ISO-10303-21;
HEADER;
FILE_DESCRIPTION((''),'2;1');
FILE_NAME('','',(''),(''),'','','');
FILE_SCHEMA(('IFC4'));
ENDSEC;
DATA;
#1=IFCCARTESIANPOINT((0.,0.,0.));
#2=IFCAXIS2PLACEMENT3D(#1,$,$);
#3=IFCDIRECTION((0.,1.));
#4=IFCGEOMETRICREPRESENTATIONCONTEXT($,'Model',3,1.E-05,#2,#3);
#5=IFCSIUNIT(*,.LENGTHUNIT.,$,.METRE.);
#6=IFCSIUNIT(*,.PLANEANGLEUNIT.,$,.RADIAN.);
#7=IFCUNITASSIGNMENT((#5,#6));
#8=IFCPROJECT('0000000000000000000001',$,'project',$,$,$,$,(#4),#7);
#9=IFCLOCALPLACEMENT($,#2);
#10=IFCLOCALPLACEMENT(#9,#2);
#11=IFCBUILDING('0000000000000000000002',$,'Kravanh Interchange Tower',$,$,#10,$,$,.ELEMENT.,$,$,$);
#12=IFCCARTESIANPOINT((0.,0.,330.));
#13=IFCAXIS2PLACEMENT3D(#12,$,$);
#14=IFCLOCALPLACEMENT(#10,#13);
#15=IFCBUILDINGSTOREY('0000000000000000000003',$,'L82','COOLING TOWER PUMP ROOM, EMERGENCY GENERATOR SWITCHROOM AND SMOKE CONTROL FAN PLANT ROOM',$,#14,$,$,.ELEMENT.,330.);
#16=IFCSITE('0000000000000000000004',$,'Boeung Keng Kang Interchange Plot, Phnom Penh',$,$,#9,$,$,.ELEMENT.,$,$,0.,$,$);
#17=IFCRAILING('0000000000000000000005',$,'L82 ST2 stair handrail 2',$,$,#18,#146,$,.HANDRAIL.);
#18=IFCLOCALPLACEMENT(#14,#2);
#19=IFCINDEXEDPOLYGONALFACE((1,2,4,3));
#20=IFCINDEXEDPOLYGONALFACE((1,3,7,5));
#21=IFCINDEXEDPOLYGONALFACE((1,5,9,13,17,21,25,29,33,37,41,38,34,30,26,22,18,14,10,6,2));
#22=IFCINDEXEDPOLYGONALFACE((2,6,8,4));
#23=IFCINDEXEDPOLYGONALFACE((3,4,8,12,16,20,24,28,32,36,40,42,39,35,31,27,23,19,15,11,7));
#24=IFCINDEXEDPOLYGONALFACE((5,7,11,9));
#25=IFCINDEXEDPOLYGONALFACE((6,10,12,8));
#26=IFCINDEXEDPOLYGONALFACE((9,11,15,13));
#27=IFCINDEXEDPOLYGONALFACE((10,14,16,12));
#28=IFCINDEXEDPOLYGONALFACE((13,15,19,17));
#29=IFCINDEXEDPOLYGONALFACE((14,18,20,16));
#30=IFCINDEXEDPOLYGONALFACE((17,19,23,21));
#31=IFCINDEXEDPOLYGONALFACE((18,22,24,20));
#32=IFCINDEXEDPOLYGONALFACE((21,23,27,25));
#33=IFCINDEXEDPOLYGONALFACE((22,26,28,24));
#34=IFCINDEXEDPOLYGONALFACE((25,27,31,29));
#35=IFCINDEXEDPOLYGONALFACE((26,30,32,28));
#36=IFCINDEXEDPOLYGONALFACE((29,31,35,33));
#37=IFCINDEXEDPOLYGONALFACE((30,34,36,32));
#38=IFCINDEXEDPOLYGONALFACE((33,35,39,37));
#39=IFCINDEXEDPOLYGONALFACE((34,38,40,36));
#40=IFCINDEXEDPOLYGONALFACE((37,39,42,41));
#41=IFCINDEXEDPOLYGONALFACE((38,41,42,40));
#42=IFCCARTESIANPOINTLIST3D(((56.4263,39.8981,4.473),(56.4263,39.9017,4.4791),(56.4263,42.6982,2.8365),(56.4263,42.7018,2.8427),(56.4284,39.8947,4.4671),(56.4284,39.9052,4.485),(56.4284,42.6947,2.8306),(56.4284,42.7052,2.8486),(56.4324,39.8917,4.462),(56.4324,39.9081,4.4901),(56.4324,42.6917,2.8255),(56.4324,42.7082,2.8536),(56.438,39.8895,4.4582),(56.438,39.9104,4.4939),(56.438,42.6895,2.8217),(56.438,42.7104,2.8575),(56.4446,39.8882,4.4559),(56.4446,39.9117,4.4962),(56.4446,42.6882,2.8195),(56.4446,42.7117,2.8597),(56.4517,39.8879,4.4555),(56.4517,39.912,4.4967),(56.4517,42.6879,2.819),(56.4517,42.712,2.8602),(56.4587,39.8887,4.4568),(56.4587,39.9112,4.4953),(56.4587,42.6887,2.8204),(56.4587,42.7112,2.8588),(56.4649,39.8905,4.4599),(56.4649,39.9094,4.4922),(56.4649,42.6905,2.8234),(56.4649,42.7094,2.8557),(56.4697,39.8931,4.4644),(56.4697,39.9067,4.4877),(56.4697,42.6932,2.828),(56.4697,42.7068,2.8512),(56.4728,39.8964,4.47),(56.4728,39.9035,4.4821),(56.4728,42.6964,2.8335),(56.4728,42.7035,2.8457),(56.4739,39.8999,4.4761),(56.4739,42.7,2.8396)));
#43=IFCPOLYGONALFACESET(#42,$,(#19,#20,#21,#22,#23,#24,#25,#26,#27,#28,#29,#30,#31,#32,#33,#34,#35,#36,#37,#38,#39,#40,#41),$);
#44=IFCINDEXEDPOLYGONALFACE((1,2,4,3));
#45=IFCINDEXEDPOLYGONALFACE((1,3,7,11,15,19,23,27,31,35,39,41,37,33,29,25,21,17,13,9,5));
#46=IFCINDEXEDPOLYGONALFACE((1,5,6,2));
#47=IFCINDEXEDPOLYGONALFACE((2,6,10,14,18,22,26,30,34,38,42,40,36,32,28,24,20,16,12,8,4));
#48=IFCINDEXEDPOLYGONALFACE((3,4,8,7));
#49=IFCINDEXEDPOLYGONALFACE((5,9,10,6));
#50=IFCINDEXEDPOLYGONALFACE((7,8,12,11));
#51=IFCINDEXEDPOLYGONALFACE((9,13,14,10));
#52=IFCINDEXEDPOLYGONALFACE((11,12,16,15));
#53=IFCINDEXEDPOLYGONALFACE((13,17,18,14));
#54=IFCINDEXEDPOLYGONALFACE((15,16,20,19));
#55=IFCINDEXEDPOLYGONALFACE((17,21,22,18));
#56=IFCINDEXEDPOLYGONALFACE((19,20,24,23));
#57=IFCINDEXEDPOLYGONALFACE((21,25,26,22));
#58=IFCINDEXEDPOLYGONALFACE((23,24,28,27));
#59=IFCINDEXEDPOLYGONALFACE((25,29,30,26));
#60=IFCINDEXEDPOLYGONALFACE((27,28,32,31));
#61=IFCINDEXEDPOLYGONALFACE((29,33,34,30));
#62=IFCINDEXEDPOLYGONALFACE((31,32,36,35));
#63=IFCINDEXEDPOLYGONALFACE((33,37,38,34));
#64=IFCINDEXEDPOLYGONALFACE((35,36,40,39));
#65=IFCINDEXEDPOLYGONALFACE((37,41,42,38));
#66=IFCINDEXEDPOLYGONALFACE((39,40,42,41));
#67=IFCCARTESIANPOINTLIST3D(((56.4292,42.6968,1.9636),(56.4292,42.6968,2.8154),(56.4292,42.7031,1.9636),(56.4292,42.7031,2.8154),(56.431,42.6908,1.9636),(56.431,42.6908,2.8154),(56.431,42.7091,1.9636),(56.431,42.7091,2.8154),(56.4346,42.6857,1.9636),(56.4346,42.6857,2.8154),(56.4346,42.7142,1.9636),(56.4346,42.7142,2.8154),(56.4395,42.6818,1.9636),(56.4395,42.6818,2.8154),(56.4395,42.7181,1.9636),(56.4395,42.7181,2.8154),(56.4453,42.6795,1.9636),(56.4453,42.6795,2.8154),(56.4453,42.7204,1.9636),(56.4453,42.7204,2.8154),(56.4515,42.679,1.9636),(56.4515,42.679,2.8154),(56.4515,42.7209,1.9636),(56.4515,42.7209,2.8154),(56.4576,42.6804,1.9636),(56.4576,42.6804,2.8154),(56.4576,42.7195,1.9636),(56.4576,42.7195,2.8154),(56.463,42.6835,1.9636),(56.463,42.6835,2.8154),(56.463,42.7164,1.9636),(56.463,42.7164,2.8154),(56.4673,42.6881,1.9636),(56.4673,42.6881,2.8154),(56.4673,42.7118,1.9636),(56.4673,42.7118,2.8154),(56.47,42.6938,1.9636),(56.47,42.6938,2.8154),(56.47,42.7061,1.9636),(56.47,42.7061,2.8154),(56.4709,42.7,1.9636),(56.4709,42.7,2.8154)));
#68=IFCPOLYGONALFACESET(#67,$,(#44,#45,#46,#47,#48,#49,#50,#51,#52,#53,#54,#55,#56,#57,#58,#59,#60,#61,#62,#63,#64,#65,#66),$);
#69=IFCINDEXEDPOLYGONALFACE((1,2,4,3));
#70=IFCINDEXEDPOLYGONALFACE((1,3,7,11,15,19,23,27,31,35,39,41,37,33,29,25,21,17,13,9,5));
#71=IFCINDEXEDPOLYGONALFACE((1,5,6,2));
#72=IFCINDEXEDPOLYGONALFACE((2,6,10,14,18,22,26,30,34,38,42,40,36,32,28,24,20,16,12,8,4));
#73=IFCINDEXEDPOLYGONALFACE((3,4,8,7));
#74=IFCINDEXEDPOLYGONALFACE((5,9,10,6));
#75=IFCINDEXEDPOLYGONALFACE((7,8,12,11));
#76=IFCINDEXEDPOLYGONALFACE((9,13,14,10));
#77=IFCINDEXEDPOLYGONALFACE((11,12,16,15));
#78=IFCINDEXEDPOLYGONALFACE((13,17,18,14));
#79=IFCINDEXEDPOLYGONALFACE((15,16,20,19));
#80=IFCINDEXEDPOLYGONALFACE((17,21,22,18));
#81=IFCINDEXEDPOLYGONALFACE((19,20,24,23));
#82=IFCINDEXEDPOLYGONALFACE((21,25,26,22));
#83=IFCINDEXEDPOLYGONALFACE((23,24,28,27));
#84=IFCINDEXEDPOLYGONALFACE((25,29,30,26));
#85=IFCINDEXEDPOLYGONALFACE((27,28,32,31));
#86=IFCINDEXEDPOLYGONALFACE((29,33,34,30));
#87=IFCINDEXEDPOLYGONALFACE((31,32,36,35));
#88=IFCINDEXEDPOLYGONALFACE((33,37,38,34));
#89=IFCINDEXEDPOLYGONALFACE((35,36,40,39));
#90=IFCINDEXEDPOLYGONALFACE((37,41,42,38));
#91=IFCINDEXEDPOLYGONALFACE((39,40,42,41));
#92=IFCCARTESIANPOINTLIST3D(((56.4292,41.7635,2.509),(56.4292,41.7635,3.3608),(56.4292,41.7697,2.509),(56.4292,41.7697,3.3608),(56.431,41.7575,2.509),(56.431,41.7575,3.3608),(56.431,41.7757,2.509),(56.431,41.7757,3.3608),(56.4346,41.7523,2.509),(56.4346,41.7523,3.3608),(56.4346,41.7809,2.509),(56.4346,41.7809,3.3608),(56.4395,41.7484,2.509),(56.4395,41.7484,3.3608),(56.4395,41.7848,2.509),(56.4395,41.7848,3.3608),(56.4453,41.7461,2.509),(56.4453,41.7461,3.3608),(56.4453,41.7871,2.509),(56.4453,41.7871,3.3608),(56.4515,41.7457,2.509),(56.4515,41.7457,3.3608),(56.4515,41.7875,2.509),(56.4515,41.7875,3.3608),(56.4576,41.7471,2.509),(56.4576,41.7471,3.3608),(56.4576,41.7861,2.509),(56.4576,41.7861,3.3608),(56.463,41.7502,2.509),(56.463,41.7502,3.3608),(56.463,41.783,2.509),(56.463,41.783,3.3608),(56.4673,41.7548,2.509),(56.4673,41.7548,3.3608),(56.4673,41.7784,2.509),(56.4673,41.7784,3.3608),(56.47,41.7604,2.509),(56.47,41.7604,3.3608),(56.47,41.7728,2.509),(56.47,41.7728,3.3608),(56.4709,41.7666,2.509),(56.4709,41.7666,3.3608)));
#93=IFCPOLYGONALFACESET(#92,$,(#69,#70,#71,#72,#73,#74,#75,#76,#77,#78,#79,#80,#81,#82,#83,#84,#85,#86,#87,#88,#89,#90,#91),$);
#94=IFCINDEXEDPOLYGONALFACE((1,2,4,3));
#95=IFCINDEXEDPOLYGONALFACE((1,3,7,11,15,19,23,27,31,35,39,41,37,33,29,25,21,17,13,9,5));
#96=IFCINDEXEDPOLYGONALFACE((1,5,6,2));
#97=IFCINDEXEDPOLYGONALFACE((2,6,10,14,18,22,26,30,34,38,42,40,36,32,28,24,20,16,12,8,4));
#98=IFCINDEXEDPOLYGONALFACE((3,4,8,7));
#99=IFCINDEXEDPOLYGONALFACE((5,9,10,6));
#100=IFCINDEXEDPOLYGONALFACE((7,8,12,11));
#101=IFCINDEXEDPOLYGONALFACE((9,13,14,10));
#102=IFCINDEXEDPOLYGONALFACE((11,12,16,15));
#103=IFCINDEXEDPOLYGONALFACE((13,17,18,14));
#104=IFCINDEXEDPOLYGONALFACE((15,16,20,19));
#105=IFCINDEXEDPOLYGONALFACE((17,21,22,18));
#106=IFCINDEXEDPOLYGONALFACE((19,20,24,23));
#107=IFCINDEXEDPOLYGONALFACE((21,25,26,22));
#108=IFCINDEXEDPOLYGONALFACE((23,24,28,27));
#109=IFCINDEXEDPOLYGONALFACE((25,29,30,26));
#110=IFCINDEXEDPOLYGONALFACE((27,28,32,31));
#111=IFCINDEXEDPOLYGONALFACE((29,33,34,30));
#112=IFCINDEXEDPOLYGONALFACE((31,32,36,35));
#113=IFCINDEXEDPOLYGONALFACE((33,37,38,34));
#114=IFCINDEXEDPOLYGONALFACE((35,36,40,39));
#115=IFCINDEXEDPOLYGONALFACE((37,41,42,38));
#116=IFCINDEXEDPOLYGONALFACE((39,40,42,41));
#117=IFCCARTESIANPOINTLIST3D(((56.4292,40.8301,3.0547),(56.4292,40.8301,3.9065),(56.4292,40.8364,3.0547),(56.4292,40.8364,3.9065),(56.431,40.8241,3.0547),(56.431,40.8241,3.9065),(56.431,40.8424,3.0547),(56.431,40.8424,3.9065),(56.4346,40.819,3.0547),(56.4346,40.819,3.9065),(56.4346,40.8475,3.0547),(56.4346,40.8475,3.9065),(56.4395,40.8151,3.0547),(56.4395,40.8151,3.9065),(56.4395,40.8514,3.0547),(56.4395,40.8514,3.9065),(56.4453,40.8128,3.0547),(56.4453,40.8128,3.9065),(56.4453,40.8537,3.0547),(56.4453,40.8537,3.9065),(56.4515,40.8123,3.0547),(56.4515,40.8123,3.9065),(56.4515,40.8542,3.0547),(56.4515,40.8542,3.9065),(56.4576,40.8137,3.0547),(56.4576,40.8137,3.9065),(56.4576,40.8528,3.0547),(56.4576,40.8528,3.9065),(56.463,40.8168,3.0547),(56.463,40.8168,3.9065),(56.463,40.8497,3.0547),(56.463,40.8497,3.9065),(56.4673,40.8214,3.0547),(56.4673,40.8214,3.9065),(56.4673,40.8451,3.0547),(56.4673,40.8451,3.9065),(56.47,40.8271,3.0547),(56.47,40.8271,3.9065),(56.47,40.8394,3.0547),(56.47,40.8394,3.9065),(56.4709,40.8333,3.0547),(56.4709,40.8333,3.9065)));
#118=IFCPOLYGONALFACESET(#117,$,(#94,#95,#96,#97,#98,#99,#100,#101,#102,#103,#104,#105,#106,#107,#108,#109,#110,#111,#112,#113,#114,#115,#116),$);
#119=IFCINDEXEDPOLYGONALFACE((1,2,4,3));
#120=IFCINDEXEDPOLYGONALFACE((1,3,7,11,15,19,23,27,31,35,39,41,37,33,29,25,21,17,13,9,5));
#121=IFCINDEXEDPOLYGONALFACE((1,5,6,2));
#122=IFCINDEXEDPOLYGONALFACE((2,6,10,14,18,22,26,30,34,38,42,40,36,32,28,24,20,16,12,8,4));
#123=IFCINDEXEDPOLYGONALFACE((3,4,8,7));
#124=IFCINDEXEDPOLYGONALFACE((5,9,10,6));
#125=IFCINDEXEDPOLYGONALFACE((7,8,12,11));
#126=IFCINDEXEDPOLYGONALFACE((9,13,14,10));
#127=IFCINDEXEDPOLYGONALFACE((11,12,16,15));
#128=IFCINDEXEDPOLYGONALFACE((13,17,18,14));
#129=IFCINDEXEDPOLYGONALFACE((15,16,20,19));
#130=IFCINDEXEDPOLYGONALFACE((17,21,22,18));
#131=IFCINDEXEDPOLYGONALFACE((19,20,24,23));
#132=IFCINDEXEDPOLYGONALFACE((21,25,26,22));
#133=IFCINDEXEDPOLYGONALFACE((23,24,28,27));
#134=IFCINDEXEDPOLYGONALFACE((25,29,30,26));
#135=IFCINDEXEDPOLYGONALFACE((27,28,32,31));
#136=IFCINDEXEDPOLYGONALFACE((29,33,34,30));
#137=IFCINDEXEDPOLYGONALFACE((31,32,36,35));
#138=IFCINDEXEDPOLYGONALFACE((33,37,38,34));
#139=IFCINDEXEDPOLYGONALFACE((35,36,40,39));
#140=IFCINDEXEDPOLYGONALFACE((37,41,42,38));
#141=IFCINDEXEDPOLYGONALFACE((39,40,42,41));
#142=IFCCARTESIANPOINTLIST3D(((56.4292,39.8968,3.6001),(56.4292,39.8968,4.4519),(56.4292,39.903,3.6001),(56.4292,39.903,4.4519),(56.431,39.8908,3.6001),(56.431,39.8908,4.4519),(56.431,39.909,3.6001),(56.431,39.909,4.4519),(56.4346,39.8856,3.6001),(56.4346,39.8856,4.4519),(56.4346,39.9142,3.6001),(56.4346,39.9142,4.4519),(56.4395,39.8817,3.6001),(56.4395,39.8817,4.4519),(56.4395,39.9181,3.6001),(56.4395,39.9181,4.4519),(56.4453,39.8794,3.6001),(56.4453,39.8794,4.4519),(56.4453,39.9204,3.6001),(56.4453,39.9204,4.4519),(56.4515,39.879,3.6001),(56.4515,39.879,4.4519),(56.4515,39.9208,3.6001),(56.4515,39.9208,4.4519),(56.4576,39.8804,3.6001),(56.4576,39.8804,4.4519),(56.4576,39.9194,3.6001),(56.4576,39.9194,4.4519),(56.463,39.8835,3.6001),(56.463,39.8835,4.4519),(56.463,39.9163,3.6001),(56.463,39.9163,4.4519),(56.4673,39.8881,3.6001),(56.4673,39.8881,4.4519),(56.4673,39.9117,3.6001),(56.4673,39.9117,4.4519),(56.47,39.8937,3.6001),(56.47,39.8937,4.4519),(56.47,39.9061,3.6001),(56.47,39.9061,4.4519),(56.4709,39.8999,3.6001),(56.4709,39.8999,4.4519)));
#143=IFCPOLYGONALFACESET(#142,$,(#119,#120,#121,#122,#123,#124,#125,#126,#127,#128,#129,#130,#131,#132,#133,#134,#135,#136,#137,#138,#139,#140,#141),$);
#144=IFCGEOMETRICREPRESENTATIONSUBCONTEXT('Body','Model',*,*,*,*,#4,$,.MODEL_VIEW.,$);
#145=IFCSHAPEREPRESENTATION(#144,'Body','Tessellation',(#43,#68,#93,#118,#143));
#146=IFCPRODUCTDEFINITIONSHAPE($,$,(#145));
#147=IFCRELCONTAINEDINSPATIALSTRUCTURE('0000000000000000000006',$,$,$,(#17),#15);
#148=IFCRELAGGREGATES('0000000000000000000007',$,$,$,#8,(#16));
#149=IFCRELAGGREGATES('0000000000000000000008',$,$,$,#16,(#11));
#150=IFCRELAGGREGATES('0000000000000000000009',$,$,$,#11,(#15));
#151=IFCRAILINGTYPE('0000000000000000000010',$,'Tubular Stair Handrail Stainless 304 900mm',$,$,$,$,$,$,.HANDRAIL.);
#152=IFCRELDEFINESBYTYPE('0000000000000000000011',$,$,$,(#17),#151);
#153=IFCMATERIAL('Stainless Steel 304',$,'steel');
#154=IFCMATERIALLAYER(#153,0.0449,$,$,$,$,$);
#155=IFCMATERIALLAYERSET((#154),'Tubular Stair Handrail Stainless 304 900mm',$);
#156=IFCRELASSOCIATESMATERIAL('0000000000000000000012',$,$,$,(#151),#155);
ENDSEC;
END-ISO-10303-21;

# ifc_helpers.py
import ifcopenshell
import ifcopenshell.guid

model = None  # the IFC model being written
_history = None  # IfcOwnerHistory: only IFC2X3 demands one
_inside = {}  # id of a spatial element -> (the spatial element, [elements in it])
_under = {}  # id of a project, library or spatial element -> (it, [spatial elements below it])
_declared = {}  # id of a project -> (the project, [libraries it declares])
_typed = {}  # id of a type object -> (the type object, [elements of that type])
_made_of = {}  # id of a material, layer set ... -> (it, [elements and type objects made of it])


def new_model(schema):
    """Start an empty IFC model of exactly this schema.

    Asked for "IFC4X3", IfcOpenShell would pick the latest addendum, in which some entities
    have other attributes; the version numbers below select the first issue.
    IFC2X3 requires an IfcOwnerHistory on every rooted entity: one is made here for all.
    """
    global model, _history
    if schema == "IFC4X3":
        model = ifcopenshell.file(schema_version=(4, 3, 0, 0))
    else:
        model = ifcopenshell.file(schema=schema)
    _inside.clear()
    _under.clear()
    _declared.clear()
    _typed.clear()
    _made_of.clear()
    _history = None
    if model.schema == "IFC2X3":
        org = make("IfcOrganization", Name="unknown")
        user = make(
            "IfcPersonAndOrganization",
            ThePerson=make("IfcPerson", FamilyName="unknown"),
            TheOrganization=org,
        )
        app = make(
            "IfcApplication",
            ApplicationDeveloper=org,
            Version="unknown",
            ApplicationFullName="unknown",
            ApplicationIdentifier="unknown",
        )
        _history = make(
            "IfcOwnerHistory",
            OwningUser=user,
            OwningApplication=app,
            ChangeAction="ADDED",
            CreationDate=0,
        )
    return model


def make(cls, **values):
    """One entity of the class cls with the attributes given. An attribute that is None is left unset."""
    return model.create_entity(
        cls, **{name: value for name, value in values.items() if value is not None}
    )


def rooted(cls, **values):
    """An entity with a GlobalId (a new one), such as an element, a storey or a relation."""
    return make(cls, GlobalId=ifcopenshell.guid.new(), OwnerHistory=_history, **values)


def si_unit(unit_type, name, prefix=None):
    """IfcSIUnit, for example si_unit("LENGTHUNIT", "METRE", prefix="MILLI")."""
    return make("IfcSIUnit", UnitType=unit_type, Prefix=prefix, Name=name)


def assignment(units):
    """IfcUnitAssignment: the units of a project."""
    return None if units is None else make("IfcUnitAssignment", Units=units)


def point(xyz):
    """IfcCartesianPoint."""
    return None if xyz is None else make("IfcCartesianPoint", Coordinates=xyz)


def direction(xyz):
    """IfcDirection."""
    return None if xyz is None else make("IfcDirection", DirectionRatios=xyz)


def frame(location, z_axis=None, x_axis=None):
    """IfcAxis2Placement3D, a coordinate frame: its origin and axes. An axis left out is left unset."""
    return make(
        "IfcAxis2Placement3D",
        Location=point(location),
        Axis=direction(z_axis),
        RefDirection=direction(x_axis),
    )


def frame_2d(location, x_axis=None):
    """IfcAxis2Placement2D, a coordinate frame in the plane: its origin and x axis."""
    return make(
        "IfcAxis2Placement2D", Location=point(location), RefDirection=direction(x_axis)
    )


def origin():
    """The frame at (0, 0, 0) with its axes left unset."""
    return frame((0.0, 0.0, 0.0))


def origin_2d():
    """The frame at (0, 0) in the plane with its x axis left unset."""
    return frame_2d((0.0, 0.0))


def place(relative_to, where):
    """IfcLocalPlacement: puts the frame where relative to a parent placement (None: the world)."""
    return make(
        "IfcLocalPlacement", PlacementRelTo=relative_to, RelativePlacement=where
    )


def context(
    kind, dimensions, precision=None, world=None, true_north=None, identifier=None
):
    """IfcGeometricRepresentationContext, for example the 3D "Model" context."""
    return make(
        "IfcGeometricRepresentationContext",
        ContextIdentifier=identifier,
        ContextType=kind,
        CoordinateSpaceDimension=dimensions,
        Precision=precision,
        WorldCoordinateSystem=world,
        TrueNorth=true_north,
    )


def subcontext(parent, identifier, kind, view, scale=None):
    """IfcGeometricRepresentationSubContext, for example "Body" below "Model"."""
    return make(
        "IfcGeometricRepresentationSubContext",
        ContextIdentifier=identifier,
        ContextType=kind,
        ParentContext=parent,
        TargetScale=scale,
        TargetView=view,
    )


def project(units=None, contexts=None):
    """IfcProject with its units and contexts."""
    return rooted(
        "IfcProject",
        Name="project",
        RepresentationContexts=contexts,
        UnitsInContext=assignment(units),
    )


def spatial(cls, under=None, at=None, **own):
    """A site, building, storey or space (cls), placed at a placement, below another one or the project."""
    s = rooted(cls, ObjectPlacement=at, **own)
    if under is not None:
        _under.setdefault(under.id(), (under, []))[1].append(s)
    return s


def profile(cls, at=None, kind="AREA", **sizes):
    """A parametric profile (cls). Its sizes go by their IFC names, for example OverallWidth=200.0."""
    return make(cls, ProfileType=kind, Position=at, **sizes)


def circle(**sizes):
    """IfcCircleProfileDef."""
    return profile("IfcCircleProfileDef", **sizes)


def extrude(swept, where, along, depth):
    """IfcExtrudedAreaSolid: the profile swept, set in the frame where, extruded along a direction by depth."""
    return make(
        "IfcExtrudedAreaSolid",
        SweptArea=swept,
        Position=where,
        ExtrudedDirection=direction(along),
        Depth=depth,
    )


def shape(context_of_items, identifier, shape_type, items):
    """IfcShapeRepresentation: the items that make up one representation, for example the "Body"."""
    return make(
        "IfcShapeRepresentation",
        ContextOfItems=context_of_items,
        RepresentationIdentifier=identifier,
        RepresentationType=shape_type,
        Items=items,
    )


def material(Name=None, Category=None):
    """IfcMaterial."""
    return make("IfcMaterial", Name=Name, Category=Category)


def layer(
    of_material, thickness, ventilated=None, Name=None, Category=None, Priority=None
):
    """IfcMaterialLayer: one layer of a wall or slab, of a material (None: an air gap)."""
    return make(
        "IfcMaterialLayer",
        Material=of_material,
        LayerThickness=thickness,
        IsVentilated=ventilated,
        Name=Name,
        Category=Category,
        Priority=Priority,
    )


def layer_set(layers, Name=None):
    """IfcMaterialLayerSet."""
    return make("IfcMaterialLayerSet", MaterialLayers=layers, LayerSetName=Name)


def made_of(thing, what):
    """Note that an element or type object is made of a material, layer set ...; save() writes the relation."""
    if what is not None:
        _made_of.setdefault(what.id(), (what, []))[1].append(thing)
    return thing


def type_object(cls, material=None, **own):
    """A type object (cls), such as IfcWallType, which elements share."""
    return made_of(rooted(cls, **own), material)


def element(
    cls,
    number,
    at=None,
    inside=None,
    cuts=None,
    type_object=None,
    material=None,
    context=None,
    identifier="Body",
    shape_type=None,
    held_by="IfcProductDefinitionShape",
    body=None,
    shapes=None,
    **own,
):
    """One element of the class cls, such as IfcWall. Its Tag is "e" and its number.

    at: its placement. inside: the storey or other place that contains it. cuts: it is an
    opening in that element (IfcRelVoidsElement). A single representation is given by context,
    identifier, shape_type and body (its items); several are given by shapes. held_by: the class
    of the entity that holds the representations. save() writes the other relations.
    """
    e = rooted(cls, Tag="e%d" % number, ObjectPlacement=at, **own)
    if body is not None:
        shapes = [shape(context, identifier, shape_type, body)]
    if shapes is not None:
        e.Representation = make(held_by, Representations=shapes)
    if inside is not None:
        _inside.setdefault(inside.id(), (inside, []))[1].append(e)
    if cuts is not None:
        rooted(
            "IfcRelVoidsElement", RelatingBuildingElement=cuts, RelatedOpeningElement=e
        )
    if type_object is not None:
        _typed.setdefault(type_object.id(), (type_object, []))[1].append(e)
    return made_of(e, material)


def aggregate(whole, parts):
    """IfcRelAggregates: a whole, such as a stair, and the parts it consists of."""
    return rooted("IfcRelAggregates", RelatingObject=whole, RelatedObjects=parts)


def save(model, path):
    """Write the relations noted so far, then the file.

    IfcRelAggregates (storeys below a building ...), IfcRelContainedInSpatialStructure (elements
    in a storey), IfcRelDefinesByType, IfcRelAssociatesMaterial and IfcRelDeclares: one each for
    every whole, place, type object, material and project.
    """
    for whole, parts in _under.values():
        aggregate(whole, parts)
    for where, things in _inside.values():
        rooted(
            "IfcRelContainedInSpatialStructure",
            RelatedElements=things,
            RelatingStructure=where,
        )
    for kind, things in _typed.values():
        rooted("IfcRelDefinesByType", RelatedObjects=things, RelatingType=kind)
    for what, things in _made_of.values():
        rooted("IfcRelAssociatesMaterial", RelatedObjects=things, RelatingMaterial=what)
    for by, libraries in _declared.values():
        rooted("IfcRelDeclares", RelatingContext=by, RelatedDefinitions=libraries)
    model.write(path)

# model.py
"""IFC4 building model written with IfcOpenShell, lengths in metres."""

from ifc_helpers import new_model, si_unit, direction, frame, origin, origin_2d, place, context, subcontext, project, spatial, circle, extrude, material, layer, layer_set, type_object, element, save


model = new_model("IFC4")

# Units and contexts
model_context = context("Model", 3, precision=1e-05, world=origin(), true_north=direction((0.0, 1.0)))
body_context = subcontext(model_context, "Body", "Model", "MODEL_VIEW")
ifc_project = project(units=[si_unit("LENGTHUNIT", "METRE"), si_unit("PLANEANGLEUNIT", "RADIAN")], contexts=[model_context])

# Site, building, storey
site_placement = place(None, origin())
site = spatial("IfcSite", under=ifc_project, at=site_placement, Name="Boeung Keng Kang Interchange Plot, Phnom Penh", CompositionType="ELEMENT", RefElevation=0.0)
building_placement = place(site_placement, origin())
building = spatial("IfcBuilding", under=site, at=building_placement, Name="Kravanh Interchange Tower", CompositionType="ELEMENT")
storey_placement = place(building_placement, frame((0.0, 0.0, 330.0)))
storey = spatial("IfcBuildingStorey", under=building, at=storey_placement, Name="L82", Description="COOLING TOWER PUMP ROOM, EMERGENCY GENERATOR SWITCHROOM AND SMOKE CONTROL FAN PLANT ROOM", CompositionType="ELEMENT", Elevation=330.0)

# Railing
ifc_material_1 = material(Name="Stainless Steel 304", Category="steel")
ifc_layer_1 = layer(ifc_material_1, 0.0449)
ifc_layer_set_1 = layer_set([ifc_layer_1], Name="Tubular Stair Handrail Stainless 304 900mm")
railing_type_1 = type_object("IfcRailingType", Name="Tubular Stair Handrail Stainless 304 900mm", PredefinedType="HANDRAIL", material=ifc_layer_set_1)
railing_1_placement = place(storey_placement, frame((56.45, 42.7, 1.9636)))
element("IfcRailing", 1, at=railing_1_placement, inside=storey, type_object=railing_type_1, Name="L82 ST2 stair handrail 2", PredefinedType="HANDRAIL", context=body_context, shape_type="SweptSolid", body=[
    extrude(circle(Radius=0.0239, at=origin_2d()), frame((0.0, 0.0, 0.876), z_axis=(0.0, -0.863361, 0.504587), x_axis=(1.0, 0.0, 0.0)), (0.0, 0.0, 1.0), 3.2432),
    extrude(circle(Radius=0.021, at=origin_2d()), origin(), (0.0, 0.0, 1.0), 0.8518),
    extrude(circle(Radius=0.021, at=origin_2d()), frame((0.0, -0.9333, 0.5454)), (0.0, 0.0, 1.0), 0.8518),
    extrude(circle(Radius=0.021, at=origin_2d()), frame((0.0, -1.8667, 1.0911)), (0.0, 0.0, 1.0), 0.8518),
    extrude(circle(Radius=0.021, at=origin_2d()), frame((0.0, -2.8, 1.6365)), (0.0, 0.0, 1.0), 0.8518),
])

save(model, "model.ifc")
